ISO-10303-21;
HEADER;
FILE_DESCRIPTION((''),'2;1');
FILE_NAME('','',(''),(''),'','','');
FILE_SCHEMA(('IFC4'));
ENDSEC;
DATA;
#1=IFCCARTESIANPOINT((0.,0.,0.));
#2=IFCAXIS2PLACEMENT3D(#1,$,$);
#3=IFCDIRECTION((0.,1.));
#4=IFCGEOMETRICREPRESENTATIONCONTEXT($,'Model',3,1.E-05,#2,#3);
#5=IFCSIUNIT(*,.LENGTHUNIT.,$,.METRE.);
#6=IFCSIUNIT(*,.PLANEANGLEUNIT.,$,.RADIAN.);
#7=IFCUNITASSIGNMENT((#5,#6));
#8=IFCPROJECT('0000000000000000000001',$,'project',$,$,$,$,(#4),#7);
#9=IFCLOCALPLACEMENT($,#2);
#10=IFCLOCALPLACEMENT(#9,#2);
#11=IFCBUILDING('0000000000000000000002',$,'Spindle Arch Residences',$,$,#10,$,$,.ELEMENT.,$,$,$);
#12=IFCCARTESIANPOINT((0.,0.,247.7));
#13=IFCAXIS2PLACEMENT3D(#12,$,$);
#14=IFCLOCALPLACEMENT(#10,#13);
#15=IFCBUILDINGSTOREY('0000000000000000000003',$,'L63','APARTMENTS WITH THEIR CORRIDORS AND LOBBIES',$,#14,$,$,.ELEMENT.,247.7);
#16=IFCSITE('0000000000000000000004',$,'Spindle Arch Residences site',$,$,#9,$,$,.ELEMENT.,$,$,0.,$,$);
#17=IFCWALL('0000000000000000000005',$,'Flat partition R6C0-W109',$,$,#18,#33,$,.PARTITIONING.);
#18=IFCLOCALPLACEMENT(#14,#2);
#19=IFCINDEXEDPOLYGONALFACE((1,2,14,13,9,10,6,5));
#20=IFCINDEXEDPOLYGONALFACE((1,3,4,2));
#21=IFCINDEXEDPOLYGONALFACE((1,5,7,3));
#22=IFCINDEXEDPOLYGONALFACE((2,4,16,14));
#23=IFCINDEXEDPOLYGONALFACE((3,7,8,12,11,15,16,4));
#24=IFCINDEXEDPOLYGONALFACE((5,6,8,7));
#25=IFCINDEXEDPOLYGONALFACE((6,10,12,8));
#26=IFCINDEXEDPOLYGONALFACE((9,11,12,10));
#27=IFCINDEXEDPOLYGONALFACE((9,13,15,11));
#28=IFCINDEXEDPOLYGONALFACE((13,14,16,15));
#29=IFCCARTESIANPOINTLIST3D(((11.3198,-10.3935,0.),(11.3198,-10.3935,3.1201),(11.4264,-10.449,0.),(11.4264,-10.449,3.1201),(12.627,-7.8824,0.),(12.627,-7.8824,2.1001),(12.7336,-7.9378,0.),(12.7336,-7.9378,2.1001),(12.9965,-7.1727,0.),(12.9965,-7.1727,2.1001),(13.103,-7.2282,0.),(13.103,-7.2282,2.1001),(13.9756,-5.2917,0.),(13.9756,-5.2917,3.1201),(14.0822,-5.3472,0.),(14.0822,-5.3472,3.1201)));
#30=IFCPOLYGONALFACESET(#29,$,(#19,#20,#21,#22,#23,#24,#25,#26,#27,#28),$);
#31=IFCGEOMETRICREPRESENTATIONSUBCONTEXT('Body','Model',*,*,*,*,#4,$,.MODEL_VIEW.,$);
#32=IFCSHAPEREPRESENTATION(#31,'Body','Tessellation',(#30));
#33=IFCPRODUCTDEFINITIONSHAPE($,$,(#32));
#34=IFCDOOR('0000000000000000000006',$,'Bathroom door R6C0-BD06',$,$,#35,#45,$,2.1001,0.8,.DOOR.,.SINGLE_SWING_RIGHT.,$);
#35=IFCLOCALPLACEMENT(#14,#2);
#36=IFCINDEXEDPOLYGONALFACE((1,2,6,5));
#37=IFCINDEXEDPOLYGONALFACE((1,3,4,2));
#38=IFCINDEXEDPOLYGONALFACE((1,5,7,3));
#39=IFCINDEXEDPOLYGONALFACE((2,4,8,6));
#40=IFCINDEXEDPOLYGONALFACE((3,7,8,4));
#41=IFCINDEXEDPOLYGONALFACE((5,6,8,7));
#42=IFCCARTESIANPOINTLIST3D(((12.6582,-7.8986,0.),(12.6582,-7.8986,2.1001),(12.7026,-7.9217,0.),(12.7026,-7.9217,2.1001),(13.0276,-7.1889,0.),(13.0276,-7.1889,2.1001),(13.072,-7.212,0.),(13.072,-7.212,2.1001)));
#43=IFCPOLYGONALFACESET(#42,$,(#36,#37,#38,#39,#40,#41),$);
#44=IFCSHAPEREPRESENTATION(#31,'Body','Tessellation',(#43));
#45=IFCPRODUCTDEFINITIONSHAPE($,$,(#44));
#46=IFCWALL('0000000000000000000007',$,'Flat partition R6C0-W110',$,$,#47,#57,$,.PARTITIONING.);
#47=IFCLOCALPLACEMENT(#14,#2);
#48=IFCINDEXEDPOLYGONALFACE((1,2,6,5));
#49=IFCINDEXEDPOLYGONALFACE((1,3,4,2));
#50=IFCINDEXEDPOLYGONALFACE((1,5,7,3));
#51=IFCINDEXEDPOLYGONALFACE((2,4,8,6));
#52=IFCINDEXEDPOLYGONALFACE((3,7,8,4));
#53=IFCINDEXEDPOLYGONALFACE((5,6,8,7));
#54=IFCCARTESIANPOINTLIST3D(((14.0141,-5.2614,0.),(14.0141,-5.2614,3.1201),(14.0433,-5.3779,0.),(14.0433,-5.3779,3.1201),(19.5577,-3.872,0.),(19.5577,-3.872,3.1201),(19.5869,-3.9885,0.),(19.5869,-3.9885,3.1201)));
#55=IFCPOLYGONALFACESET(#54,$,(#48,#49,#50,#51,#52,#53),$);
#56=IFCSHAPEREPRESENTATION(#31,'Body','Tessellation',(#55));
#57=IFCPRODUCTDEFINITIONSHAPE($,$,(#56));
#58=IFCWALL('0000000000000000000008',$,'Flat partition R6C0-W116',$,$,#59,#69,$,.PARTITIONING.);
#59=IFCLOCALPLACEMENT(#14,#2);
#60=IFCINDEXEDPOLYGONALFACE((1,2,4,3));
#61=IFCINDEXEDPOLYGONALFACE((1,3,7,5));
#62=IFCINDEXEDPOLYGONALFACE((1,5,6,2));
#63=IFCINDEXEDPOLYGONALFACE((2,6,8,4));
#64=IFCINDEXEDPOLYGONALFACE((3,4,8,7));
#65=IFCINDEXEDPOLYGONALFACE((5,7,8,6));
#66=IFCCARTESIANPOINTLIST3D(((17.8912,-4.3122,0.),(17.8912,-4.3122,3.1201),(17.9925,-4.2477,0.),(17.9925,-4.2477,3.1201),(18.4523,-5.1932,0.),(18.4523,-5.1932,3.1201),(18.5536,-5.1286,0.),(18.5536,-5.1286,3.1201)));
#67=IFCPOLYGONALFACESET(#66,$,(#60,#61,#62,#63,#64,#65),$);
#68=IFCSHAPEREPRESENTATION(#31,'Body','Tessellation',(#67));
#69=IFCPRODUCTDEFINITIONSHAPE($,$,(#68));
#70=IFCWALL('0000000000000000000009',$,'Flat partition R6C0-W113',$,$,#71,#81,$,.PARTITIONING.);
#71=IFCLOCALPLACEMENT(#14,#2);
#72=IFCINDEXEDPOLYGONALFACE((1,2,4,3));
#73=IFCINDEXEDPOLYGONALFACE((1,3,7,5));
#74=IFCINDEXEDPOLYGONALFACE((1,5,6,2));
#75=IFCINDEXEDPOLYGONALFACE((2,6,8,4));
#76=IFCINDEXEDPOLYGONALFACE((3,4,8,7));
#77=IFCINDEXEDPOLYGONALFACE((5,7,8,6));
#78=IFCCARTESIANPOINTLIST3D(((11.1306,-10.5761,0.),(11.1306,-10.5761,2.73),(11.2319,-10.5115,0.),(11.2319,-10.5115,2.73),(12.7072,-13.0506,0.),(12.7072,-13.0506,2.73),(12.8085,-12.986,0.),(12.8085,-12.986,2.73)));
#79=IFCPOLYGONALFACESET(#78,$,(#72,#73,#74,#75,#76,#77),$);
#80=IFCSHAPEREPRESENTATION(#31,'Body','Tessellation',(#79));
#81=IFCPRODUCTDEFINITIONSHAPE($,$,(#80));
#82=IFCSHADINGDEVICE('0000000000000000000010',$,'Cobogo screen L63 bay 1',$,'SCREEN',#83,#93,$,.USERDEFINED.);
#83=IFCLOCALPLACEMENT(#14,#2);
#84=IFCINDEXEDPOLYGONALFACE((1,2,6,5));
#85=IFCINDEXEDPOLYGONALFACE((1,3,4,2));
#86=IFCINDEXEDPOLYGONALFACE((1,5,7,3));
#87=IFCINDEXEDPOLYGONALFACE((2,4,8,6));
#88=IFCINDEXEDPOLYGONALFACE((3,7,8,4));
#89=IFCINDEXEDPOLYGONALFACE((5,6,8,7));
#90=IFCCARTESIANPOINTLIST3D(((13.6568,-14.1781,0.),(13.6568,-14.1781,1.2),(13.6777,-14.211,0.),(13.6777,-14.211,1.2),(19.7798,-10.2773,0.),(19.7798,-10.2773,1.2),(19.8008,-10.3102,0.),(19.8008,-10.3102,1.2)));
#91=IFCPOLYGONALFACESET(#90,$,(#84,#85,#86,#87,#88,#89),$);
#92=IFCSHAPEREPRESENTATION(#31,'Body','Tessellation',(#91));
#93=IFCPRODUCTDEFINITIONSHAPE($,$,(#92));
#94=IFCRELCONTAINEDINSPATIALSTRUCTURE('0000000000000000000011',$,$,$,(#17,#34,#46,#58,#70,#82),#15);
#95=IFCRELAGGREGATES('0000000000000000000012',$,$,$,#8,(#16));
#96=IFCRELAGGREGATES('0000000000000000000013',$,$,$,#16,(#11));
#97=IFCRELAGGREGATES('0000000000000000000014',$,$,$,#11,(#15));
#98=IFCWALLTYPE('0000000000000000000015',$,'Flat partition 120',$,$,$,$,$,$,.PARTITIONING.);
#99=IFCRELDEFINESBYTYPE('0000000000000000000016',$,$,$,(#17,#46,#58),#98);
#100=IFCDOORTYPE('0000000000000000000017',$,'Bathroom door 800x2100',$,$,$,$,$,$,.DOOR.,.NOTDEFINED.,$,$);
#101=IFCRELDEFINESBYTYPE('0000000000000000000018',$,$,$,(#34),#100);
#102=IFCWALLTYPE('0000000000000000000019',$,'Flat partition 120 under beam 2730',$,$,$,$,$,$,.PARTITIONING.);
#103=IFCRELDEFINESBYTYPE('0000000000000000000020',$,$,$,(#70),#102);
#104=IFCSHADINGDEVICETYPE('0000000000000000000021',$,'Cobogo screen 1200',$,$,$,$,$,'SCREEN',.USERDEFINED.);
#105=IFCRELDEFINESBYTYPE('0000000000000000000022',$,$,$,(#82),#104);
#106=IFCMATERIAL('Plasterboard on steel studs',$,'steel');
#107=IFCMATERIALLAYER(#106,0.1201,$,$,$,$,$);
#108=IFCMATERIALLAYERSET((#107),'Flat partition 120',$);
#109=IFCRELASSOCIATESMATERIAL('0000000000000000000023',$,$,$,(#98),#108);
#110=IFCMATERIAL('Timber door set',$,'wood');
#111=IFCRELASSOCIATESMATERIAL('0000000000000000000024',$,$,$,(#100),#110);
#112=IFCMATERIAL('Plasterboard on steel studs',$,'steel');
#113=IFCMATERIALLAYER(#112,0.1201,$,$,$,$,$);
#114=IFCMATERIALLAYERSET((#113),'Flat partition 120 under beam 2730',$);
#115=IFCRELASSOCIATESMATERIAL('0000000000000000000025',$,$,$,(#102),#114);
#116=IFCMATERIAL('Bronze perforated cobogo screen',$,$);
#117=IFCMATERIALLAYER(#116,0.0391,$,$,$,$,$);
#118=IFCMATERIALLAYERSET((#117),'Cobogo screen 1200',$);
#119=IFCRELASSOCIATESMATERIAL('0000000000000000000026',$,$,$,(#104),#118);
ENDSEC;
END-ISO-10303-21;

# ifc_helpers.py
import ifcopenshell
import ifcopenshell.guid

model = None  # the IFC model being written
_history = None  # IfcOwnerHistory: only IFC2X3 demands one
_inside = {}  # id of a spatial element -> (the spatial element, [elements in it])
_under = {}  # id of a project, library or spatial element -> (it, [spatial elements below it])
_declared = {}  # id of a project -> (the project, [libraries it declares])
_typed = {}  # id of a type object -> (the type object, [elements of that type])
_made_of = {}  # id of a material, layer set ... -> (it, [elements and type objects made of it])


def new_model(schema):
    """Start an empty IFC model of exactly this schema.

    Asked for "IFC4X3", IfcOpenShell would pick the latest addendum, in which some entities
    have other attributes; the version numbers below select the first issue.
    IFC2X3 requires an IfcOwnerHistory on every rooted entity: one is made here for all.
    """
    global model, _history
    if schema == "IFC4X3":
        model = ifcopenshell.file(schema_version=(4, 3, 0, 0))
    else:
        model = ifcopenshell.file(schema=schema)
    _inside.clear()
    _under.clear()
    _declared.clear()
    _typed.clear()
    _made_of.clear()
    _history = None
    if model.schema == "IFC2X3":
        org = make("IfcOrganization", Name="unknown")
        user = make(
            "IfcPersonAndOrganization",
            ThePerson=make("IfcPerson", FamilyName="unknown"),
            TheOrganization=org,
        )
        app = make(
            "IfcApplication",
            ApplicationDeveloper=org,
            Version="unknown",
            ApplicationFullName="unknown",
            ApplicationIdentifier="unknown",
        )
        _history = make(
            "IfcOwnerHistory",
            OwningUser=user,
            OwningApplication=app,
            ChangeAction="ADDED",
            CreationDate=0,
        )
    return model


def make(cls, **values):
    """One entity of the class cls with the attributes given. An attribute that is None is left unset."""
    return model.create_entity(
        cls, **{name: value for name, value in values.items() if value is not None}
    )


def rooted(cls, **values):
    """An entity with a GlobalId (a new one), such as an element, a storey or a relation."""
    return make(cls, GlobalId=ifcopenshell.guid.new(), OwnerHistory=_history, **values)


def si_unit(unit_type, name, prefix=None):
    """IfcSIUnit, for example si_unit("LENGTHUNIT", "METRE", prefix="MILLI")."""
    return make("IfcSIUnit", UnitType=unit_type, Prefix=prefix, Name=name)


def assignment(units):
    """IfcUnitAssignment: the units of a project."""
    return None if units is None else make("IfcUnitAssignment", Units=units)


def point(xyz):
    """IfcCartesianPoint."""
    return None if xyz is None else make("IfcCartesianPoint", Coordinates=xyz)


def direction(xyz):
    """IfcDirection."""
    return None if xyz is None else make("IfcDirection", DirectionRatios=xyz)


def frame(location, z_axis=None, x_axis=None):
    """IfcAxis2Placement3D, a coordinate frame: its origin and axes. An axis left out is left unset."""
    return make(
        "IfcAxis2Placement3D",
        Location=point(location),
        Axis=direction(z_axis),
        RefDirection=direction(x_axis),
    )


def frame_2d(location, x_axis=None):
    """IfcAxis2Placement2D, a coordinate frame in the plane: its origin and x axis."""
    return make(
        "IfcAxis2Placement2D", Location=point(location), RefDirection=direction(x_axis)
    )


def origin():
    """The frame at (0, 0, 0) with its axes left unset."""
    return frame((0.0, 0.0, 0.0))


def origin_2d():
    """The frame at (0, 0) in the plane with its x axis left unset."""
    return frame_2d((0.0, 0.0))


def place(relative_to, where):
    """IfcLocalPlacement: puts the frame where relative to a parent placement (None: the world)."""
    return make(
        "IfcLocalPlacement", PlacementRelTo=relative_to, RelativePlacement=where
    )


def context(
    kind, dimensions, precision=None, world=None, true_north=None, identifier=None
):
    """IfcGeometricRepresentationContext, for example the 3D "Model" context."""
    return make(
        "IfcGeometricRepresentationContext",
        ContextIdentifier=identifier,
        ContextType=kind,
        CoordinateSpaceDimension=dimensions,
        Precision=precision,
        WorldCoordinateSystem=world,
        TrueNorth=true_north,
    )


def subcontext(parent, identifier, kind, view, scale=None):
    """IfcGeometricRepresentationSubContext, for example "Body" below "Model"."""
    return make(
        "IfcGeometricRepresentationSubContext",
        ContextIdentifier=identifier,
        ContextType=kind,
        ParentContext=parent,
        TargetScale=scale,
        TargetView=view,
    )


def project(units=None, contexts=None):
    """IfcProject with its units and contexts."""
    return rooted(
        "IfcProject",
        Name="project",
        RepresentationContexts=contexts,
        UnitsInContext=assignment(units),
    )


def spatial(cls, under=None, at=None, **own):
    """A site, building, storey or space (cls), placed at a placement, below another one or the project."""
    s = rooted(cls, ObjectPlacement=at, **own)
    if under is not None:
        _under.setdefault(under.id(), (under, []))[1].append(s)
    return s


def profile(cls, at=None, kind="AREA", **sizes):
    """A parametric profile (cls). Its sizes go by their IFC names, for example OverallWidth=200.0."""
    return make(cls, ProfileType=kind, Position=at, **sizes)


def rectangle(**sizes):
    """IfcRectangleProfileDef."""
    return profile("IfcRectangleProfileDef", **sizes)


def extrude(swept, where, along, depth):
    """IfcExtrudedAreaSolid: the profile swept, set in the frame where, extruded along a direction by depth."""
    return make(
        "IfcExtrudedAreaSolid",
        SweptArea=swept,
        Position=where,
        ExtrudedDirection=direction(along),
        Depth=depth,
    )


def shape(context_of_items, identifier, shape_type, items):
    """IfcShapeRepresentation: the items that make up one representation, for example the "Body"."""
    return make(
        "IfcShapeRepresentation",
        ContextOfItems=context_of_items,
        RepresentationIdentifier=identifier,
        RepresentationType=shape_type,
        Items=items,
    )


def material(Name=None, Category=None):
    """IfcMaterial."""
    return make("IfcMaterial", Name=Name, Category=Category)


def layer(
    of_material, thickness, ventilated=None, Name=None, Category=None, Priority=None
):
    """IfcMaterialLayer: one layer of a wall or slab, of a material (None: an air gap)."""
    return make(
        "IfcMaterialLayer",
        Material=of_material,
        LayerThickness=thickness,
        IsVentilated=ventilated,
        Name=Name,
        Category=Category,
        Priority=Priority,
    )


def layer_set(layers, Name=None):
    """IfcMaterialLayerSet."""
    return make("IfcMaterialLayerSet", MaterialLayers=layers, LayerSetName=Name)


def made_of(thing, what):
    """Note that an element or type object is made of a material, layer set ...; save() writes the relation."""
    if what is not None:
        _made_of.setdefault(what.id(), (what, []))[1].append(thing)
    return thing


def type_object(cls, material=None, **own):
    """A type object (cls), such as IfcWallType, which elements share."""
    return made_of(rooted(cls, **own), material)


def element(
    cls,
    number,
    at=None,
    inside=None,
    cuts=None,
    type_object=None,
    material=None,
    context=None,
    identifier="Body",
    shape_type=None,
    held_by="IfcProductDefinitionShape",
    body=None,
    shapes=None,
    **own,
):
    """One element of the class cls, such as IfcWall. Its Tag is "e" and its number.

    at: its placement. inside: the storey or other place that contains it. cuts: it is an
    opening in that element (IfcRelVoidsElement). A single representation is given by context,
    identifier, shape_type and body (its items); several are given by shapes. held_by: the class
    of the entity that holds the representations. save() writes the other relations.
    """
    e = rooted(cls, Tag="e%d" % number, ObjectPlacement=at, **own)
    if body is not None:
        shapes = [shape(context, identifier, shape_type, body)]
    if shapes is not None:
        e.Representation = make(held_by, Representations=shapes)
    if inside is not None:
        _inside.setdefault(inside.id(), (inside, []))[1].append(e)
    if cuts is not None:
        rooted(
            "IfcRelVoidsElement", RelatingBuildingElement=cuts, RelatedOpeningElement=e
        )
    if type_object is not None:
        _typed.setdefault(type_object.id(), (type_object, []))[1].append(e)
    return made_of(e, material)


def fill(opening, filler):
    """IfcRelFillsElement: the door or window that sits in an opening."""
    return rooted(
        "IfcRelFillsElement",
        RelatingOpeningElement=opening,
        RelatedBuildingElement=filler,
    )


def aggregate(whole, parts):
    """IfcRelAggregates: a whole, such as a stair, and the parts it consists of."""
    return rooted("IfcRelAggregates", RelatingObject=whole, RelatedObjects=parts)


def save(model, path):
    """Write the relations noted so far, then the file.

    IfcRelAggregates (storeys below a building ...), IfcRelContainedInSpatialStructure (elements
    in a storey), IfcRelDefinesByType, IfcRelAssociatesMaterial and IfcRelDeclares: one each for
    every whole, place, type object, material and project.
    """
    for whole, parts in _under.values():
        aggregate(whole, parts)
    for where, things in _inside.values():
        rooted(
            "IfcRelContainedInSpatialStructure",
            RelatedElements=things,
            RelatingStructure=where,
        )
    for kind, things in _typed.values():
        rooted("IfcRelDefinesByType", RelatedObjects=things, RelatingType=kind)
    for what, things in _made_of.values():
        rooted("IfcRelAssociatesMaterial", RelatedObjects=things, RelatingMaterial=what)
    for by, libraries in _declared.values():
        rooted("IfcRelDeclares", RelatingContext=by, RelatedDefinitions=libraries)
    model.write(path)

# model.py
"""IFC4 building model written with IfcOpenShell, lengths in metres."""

from ifc_helpers import new_model, si_unit, direction, frame, frame_2d, origin, origin_2d, place, context, subcontext, project, spatial, rectangle, extrude, material, layer, layer_set, type_object, element, fill, save


model = new_model("IFC4")

# Units and contexts
model_context = context("Model", 3, precision=1e-05, world=origin(), true_north=direction((0.0, 1.0)))
body_context = subcontext(model_context, "Body", "Model", "MODEL_VIEW")
ifc_project = project(units=[si_unit("LENGTHUNIT", "METRE"), si_unit("PLANEANGLEUNIT", "RADIAN")], contexts=[model_context])

# Site, building, storey
site_placement = place(None, origin())
site = spatial("IfcSite", under=ifc_project, at=site_placement, Name="Spindle Arch Residences site", CompositionType="ELEMENT", RefElevation=0.0)
building_placement = place(site_placement, origin())
building = spatial("IfcBuilding", under=site, at=building_placement, Name="Spindle Arch Residences", CompositionType="ELEMENT")
storey_placement = place(building_placement, frame((0.0, 0.0, 247.7)))
storey = spatial("IfcBuildingStorey", under=building, at=storey_placement, Name="L63", Description="APARTMENTS WITH THEIR CORRIDORS AND LOBBIES", CompositionType="ELEMENT", Elevation=247.7)

# Wall, opening, door
ifc_material_1 = material(Name="Plasterboard on steel studs", Category="steel")
ifc_layer_1 = layer(ifc_material_1, 0.1201)
ifc_layer_set_1 = layer_set([ifc_layer_1], Name="Flat partition 120")
wall_type_1 = type_object("IfcWallType", Name="Flat partition 120", PredefinedType="PARTITIONING", material=ifc_layer_set_1)
wall_1_placement = place(storey_placement, frame((11.373, -10.4214, 0.0), z_axis=(0.0, 0.0, 1.0), x_axis=(0.461739, 0.887016, 0.0)))
wall_1 = element("IfcWall", 1, at=wall_1_placement, inside=storey, type_object=wall_type_1, Name="Flat partition R6C0-W109", PredefinedType="PARTITIONING", context=body_context, shape_type="SweptSolid", body=[
    extrude(rectangle(XDim=5.7517, YDim=0.1201, at=frame_2d((2.876, 0.0))), origin(), (0.0, 0.0, 1.0), 3.1201),
])
opening_1_placement = place(wall_1_placement, frame((2.8313, 0.0, 0.0)))
opening_1 = element("IfcOpeningElement", 2, at=opening_1_placement, cuts=wall_1, PredefinedType="OPENING", context=body_context, shape_type="SweptSolid", body=[
    extrude(rectangle(XDim=0.8, YDim=2.1001, at=frame_2d((0.3999, 1.05))), frame((0.0, 0.0701, 0.0), z_axis=(0.0, -1.0, 0.0), x_axis=(1.0, 0.0, 0.0)), (0.0, 0.0, 1.0), 0.1401),
])
ifc_material_2 = material(Name="Timber door set", Category="wood")
door_type_1 = type_object("IfcDoorType", Name="Bathroom door 800x2100", OperationType="NOTDEFINED", PredefinedType="DOOR", material=ifc_material_2)
door_1_placement = place(opening_1_placement, origin())
door_1 = element("IfcDoor", 3, at=door_1_placement, inside=storey, type_object=door_type_1, Name="Bathroom door R6C0-BD06", OperationType="SINGLE_SWING_RIGHT", OverallHeight=2.1001, OverallWidth=0.8, PredefinedType="DOOR", context=body_context, shape_type="SweptSolid", body=[
    extrude(rectangle(XDim=0.8, YDim=2.1001, at=frame_2d((0.3999, 1.05))), frame((0.0, 0.0249, 0.0), z_axis=(0.0, -1.0, 0.0), x_axis=(1.0, 0.0, 0.0)), (0.0, 0.0, 1.0), 0.05),
])
fill(opening_1, door_1)

# Walls
wall_2_placement = place(storey_placement, frame((14.0288, -5.3196, 0.0), z_axis=(0.0, 0.0, 1.0), x_axis=(0.969999, 0.243109, 0.0)))
element("IfcWall", 4, at=wall_2_placement, inside=storey, type_object=wall_type_1, Name="Flat partition R6C0-W110", PredefinedType="PARTITIONING", context=body_context, shape_type="SweptSolid", body=[
    extrude(rectangle(XDim=5.7151, YDim=0.1201, at=frame_2d((2.8574, 0.0))), origin(), (0.0, 0.0, 1.0), 3.1201),
])
wall_3_placement = place(storey_placement, frame((18.5029, -5.1609, 0.0), z_axis=(0.0, 0.0, 1.0), x_axis=(-0.537208, 0.84345, 0.0)))
element("IfcWall", 5, at=wall_3_placement, inside=storey, type_object=wall_type_1, Name="Flat partition R6C0-W116", PredefinedType="PARTITIONING", context=body_context, shape_type="SweptSolid", body=[
    extrude(rectangle(XDim=1.0444, YDim=0.1201, at=frame_2d((0.5222, 0.0))), origin(), (0.0, 0.0, 1.0), 3.1201),
])
ifc_material_3 = material(Name="Plasterboard on steel studs", Category="steel")
ifc_layer_2 = layer(ifc_material_3, 0.1201)
ifc_layer_set_2 = layer_set([ifc_layer_2], Name="Flat partition 120 under beam 2730")
wall_type_2 = type_object("IfcWallType", Name="Flat partition 120 under beam 2730", PredefinedType="PARTITIONING", material=ifc_layer_set_2)
wall_4_placement = place(storey_placement, frame((12.7578, -13.0183, 0.0), z_axis=(0.0, 0.0, 1.0), x_axis=(-0.537338, 0.843367, 0.0)))
element("IfcWall", 6, at=wall_4_placement, inside=storey, type_object=wall_type_2, Name="Flat partition R6C0-W113", PredefinedType="PARTITIONING", context=body_context, shape_type="SweptSolid", body=[
    extrude(rectangle(XDim=2.9341, YDim=0.1201, at=frame_2d((1.467, 0.0))), origin(), (0.0, 0.0, 1.0), 2.73),
])

# Shading device
ifc_material_4 = material(Name="Bronze perforated cobogo screen")
ifc_layer_3 = layer(ifc_material_4, 0.0391)
ifc_layer_set_3 = layer_set([ifc_layer_3], Name="Cobogo screen 1200")
shading_device_type = type_object("IfcShadingDeviceType", Name="Cobogo screen 1200", ElementType="SCREEN", PredefinedType="USERDEFINED", material=ifc_layer_set_3)
shading_device_placement = place(storey_placement, frame((16.7288, -12.2441, 0.0), z_axis=(0.0, 0.0, 1.0), x_axis=(0.843391, 0.5373, 0.0)))
element("IfcShadingDevice", 7, at=shading_device_placement, inside=storey, type_object=shading_device_type, Name="Cobogo screen L63 bay 1", ObjectType="SCREEN", PredefinedType="USERDEFINED", context=body_context, shape_type="SweptSolid", body=[
    extrude(rectangle(XDim=7.26, YDim=0.0391, at=origin_2d()), origin(), (0.0, 0.0, 1.0), 1.2),
])

save(model, "model.ifc")
